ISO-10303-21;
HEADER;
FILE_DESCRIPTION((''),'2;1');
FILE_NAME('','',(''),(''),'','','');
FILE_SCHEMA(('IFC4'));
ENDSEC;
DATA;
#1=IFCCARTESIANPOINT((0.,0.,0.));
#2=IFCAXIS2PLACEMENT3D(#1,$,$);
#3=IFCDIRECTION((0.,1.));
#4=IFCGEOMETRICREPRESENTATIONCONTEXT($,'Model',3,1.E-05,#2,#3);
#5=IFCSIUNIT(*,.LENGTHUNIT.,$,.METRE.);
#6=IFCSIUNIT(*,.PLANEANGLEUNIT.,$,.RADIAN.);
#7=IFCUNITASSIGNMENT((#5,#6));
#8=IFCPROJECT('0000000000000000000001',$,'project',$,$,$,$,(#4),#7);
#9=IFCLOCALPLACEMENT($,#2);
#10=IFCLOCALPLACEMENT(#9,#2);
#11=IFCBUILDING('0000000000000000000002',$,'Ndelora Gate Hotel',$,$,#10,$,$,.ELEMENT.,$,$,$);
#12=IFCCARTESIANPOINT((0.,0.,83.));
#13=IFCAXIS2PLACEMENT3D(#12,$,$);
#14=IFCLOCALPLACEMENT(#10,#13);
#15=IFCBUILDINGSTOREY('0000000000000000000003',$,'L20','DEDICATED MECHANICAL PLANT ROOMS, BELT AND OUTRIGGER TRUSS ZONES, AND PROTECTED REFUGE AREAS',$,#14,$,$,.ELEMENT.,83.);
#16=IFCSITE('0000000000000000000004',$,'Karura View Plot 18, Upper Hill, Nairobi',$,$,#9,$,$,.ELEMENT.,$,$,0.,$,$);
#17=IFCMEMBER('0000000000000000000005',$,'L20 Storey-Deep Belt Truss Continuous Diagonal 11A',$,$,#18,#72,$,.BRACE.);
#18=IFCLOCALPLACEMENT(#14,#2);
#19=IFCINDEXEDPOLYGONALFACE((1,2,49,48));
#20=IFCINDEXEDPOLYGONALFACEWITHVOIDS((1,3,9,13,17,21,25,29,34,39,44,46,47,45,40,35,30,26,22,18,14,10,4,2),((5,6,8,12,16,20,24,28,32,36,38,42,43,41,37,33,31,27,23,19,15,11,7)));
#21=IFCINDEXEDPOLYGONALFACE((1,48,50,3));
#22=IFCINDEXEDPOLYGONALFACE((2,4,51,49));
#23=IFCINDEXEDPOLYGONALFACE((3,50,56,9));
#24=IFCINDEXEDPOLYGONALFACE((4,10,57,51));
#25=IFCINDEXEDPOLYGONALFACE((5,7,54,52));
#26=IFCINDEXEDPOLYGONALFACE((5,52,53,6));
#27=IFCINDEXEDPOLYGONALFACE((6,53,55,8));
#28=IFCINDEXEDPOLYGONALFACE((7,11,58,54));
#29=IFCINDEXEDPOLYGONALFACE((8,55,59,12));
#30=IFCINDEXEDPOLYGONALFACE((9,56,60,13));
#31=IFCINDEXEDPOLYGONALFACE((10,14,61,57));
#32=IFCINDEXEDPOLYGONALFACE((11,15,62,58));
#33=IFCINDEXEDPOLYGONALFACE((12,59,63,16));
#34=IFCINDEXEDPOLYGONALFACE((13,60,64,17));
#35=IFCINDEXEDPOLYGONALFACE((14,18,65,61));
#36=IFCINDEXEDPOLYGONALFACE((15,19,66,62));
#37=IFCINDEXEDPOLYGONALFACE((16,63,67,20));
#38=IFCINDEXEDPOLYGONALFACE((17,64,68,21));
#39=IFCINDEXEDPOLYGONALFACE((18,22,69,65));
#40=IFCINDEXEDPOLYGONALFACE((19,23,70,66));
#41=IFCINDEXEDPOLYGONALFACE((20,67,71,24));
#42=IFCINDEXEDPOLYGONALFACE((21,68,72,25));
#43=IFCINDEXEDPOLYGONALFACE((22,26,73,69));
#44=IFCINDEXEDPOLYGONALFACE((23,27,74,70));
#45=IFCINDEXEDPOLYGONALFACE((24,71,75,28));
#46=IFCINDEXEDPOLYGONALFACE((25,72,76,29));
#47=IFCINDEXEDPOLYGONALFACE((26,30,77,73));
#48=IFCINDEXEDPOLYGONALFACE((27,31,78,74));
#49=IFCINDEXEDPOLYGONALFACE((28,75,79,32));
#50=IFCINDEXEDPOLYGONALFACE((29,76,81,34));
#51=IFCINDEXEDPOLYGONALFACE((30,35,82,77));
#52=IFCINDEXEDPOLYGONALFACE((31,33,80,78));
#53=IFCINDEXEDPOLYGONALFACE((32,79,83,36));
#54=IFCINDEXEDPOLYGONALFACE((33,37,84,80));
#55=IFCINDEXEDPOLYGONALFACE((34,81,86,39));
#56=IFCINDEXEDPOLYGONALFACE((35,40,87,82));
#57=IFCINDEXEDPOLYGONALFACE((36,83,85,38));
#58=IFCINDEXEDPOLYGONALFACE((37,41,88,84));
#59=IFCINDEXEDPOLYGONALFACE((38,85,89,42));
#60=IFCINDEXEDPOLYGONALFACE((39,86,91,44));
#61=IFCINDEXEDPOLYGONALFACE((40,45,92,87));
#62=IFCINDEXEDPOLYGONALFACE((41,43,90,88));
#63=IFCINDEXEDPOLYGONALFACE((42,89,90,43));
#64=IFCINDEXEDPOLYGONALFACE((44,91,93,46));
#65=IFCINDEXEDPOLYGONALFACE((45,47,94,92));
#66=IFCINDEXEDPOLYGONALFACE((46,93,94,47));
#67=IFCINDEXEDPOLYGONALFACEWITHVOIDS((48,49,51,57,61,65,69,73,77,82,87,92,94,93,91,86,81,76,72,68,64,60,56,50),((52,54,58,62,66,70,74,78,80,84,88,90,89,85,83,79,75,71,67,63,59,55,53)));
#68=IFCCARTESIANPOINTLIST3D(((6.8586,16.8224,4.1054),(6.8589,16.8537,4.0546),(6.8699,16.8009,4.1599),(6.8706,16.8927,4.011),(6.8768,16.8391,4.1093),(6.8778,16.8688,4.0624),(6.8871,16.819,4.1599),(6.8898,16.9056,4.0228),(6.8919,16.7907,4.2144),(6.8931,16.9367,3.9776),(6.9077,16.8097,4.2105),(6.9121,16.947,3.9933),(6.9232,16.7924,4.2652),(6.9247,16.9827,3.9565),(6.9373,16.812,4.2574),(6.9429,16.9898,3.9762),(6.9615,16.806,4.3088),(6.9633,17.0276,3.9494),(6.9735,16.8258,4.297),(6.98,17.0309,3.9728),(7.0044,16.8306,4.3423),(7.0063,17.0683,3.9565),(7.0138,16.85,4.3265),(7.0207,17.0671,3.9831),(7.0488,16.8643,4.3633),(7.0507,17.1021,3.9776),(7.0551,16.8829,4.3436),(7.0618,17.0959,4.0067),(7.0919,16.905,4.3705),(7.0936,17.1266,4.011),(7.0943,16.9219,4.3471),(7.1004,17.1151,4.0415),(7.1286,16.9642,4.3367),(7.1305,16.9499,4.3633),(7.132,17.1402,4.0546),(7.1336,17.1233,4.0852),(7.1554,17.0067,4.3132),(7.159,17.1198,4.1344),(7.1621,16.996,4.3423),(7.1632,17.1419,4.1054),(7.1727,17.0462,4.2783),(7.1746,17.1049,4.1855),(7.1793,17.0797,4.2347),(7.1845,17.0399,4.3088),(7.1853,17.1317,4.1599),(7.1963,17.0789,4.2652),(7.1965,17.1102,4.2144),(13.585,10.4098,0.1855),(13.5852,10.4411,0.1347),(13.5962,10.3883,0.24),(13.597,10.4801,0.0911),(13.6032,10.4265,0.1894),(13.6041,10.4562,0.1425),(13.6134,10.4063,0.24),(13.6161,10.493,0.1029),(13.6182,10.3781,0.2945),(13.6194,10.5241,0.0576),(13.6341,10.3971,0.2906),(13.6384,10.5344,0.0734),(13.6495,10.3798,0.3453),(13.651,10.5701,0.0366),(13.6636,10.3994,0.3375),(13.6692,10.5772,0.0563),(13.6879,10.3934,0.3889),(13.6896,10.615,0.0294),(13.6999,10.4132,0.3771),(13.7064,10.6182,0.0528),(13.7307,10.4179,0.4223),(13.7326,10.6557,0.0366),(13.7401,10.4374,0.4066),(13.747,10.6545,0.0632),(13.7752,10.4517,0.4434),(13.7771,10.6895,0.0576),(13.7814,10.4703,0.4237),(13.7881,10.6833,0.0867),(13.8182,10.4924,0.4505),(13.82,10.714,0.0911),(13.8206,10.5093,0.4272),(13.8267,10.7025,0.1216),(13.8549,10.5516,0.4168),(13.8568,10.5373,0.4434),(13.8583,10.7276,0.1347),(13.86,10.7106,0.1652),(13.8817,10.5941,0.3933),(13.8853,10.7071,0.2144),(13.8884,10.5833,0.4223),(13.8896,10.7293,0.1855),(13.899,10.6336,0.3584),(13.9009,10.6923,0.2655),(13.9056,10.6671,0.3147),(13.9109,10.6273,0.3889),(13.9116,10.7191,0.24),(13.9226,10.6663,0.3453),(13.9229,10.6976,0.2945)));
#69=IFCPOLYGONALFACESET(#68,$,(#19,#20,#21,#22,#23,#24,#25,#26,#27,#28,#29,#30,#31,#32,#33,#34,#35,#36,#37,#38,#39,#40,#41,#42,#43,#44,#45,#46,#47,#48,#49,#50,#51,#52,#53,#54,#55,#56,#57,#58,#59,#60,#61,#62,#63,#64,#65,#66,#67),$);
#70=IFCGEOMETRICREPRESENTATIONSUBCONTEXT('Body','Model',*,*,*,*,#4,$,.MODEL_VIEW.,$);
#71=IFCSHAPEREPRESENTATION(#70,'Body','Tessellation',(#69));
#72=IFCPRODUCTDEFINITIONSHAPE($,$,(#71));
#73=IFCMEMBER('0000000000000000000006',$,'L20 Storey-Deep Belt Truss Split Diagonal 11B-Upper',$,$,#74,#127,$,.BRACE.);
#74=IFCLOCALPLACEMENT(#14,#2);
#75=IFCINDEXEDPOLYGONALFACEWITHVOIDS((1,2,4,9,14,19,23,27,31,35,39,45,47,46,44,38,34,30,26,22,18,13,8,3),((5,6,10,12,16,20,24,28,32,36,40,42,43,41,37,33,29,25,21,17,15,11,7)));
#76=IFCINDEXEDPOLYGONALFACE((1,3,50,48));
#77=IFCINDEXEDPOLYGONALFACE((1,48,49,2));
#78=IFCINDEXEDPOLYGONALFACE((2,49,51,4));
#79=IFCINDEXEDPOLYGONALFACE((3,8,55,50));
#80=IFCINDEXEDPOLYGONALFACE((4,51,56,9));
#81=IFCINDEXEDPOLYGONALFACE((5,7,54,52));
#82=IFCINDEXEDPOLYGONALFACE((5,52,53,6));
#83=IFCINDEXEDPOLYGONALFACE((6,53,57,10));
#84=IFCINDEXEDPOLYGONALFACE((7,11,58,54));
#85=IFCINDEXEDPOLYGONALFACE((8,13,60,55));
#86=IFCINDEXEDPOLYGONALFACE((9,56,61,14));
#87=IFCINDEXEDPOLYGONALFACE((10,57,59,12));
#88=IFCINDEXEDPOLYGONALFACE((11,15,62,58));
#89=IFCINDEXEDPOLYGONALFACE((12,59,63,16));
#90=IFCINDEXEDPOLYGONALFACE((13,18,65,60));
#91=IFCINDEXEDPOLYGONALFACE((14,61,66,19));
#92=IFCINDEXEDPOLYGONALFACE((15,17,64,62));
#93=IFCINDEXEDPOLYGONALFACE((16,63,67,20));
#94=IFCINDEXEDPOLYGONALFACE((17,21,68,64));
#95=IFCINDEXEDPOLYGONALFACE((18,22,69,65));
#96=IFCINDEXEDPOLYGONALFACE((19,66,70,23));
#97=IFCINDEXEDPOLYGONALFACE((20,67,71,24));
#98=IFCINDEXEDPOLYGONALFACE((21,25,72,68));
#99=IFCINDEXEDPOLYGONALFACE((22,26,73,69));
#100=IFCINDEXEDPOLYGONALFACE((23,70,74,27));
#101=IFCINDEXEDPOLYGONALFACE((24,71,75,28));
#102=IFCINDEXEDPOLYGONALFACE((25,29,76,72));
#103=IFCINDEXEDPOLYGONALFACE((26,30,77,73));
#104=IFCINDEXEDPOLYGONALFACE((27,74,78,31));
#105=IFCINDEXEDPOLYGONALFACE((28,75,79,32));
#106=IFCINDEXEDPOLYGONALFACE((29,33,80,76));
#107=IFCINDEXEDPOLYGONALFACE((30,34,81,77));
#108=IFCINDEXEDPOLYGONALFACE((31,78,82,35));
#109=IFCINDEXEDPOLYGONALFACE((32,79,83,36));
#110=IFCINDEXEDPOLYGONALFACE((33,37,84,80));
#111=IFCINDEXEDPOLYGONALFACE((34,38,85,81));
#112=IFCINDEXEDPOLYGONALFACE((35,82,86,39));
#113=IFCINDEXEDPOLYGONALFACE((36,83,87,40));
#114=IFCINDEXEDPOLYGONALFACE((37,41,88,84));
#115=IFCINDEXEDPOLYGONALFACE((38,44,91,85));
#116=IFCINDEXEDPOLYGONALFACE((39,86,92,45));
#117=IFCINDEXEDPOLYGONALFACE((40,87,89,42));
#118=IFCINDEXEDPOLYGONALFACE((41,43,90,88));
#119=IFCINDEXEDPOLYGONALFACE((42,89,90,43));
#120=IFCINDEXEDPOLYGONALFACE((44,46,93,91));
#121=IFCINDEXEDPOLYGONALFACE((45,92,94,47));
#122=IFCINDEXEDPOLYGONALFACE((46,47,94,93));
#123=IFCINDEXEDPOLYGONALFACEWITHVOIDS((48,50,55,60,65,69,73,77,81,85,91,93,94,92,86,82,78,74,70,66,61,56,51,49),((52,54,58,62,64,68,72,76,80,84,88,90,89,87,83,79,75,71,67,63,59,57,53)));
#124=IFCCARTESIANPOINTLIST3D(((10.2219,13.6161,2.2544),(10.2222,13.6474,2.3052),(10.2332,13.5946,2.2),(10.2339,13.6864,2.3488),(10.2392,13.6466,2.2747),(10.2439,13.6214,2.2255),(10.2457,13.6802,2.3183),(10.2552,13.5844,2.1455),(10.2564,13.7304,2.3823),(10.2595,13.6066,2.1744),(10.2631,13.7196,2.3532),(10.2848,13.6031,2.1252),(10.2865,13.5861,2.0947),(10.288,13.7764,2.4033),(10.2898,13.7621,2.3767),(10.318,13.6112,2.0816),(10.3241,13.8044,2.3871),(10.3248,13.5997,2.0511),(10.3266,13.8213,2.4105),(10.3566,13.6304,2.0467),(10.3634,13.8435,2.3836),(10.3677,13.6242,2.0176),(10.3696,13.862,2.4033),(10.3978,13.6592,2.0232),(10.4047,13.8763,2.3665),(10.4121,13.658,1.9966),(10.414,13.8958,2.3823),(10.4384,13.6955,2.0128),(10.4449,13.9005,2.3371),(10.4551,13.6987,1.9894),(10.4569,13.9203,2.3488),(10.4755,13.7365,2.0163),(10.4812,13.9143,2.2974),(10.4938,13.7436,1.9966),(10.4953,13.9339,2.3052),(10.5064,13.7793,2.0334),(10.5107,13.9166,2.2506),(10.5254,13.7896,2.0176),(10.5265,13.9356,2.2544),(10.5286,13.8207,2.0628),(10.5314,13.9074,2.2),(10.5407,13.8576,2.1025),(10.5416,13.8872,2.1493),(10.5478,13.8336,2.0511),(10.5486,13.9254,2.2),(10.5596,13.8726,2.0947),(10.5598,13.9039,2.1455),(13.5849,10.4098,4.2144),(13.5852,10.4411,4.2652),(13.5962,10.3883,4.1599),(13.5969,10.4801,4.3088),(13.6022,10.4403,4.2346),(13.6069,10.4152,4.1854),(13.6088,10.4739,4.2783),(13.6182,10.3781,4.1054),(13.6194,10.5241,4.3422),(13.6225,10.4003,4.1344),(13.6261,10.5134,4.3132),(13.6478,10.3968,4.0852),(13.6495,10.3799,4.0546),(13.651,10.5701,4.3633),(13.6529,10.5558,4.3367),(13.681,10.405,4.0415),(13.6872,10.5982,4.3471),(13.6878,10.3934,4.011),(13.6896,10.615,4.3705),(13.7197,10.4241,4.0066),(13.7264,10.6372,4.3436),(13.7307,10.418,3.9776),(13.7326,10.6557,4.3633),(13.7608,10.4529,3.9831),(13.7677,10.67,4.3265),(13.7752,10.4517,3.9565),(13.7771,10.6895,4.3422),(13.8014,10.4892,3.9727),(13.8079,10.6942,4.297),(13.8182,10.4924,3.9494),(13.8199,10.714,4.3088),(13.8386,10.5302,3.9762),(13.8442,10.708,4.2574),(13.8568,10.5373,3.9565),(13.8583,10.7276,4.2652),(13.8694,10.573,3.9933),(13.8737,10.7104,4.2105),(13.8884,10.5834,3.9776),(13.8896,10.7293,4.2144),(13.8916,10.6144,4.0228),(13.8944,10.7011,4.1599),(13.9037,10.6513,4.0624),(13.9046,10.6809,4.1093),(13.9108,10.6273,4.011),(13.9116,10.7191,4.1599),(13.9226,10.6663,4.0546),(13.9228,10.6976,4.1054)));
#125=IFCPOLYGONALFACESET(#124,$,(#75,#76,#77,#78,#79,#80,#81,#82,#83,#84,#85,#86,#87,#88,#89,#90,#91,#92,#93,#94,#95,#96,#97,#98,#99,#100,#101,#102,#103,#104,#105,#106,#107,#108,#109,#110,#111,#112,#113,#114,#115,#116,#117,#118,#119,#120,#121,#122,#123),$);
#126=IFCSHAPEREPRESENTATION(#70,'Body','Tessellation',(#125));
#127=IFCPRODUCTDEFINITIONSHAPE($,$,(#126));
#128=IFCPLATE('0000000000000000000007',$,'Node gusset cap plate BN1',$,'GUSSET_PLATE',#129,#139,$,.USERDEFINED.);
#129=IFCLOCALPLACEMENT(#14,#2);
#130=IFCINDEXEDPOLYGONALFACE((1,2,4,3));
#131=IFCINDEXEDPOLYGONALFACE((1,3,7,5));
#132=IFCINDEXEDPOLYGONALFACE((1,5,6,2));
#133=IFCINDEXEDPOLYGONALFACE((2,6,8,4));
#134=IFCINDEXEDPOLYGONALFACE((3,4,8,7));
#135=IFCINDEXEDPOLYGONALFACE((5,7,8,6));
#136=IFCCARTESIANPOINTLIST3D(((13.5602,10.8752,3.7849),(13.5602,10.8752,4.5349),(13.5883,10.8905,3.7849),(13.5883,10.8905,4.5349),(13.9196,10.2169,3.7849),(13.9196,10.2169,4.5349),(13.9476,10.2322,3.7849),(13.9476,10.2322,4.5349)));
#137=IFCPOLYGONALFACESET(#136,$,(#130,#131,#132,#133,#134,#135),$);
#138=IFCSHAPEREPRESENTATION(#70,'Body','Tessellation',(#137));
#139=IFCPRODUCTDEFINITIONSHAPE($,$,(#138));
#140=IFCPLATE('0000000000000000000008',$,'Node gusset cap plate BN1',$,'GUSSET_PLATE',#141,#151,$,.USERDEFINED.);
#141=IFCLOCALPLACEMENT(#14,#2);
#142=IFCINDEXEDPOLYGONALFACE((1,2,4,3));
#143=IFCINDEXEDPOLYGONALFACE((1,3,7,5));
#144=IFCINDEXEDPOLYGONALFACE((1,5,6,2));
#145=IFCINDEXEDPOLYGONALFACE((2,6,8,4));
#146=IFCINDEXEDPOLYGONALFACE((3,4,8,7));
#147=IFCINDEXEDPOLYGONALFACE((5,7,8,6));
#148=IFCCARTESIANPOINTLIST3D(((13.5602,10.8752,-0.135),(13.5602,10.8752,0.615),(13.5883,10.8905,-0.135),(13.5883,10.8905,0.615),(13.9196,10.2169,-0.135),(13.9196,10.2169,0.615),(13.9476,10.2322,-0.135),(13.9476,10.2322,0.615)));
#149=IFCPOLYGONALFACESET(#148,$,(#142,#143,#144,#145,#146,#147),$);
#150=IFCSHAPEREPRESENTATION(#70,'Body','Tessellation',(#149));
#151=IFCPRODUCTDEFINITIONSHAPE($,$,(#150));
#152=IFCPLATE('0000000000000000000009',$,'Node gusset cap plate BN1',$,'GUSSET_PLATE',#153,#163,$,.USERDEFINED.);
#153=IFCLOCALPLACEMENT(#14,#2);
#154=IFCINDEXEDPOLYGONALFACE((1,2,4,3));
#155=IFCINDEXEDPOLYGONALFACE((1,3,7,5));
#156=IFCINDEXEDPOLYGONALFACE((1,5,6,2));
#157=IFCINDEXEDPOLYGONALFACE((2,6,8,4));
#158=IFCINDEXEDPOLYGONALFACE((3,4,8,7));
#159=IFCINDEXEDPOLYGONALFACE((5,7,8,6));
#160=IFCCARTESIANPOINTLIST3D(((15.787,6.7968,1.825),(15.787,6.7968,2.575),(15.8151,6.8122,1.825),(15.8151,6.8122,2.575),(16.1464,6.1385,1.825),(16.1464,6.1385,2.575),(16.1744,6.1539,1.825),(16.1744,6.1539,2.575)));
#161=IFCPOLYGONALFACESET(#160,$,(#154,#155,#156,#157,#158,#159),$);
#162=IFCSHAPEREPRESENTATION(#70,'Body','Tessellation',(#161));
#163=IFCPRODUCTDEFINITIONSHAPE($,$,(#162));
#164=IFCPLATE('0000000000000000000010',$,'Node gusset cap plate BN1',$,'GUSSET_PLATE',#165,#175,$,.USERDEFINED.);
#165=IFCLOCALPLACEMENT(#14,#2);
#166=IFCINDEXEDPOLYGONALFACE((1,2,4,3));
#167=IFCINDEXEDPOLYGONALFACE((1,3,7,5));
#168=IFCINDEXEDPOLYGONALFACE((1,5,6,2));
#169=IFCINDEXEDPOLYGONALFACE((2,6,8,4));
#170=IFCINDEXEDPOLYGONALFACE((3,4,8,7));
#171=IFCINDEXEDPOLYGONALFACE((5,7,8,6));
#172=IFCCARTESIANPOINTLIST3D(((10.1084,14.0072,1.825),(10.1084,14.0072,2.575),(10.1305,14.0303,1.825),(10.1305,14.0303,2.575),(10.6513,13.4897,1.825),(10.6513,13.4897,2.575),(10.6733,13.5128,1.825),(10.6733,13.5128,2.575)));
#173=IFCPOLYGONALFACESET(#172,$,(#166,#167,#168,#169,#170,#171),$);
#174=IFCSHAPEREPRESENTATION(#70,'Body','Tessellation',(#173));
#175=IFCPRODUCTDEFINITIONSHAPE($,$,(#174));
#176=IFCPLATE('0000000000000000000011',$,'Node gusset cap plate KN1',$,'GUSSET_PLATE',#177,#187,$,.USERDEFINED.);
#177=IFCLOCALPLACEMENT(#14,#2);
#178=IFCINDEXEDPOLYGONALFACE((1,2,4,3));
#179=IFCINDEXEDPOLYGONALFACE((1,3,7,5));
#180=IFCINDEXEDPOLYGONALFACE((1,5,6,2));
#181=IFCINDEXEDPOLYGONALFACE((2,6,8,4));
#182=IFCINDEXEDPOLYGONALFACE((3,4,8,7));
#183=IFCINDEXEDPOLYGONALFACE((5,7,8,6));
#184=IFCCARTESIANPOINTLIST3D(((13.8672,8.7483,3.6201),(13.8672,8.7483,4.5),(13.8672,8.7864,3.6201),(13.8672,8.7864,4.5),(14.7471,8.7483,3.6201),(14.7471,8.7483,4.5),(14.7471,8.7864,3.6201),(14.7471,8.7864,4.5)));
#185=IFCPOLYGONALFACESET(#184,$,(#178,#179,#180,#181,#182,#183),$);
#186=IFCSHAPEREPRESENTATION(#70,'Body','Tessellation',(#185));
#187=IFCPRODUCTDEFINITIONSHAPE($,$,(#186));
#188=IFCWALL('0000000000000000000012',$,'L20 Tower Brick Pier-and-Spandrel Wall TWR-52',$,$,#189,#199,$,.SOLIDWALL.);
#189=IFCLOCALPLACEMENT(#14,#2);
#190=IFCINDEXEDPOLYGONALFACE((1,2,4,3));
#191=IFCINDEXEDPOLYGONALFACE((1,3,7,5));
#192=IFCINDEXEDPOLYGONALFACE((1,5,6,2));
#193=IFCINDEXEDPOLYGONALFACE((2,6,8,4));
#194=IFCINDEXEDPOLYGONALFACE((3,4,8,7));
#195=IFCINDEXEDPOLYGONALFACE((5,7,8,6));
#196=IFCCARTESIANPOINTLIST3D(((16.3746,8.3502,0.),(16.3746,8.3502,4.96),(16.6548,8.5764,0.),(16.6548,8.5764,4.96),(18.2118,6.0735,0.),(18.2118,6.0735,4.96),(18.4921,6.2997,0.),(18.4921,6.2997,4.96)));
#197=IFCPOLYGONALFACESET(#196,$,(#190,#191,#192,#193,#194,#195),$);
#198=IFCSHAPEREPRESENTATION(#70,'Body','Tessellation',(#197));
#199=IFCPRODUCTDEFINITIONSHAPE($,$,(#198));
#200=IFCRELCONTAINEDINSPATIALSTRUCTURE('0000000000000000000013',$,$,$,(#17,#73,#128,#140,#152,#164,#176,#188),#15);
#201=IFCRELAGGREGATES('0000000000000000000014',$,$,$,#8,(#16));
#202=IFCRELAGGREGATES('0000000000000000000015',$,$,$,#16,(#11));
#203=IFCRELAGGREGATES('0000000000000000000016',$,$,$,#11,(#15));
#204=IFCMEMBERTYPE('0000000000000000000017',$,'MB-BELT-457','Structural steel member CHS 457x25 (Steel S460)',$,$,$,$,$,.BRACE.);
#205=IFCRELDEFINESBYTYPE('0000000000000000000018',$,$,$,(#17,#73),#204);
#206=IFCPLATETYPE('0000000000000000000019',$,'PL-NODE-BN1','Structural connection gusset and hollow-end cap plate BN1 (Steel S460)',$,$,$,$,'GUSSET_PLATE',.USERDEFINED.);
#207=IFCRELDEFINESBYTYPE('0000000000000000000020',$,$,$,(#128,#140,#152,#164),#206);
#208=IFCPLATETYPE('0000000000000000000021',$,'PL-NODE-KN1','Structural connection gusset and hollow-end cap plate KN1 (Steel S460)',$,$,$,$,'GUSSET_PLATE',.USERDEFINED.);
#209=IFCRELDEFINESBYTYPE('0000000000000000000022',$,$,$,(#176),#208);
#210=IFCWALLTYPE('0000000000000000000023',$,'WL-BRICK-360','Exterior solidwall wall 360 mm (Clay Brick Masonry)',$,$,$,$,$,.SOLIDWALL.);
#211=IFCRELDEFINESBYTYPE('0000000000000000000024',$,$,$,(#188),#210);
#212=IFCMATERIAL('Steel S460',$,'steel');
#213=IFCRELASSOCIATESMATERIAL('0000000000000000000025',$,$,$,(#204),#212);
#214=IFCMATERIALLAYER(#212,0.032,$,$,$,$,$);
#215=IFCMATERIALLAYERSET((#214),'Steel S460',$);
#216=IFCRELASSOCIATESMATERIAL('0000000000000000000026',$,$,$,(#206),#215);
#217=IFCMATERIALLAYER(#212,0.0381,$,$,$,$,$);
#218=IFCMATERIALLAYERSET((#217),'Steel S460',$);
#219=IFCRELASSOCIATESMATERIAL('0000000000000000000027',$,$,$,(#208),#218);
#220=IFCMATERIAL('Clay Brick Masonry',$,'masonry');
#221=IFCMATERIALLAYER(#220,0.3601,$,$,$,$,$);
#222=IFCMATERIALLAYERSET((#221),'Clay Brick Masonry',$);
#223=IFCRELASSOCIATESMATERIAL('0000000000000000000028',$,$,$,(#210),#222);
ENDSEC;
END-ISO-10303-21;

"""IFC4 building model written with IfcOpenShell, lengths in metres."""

from ifc_helpers import new_model, si_unit, direction, frame, frame_2d, origin, origin_2d, place, context, subcontext, project, spatial, rectangle, hollow_circle, extrude, material, layer, layer_set, material_profile, profile_set, type_object, element, save


model = new_model("IFC4")

# Units and contexts
model_context = context("Model", 3, precision=1e-05, world=origin(), true_north=direction((0.0, 1.0)))
body_context = subcontext(model_context, "Body", "Model", "MODEL_VIEW")
ifc_project = project(units=[si_unit("LENGTHUNIT", "METRE"), si_unit("PLANEANGLEUNIT", "RADIAN")], contexts=[model_context])

# Site, building, storey
site_placement = place(None, origin())
site = spatial("IfcSite", under=ifc_project, at=site_placement, Name="Karura View Plot 18, Upper Hill, Nairobi", CompositionType="ELEMENT", RefElevation=0.0)
building_placement = place(site_placement, origin())
building = spatial("IfcBuilding", under=site, at=building_placement, Name="Ndelora Gate Hotel", CompositionType="ELEMENT")
storey_placement = place(building_placement, frame((0.0, 0.0, 83.0)))
storey = spatial("IfcBuildingStorey", under=building, at=storey_placement, Name="L20", Description="DEDICATED MECHANICAL PLANT ROOMS, BELT AND OUTRIGGER TRUSS ZONES, AND PROTECTED REFUGE AREAS", CompositionType="ELEMENT", Elevation=83.0)

# Shared definitions
ifc_material_1 = material(Name="Steel S460", Category="steel")

# Members
ifc_material_profile_1 = material_profile(ifc_material_1, hollow_circle(Radius=0.2285, WallThickness=0.0249, at=origin_2d()), Name="CHS 457x25")
ifc_profile_set_1 = profile_set([ifc_material_profile_1], Name="Steel S460")
member_type = type_object("IfcMemberType", Name="MB-BELT-457", Description="Structural steel member CHS 457x25 (Steel S460)", PredefinedType="BRACE", material=ifc_profile_set_1)
member_1_placement = place(storey_placement, frame((13.7539, 10.5537, 0.24), z_axis=(-0.666886, 0.635782, 0.388644), x_axis=(-0.690026, -0.723784, 0.0)))
element("IfcMember", 1, at=member_1_placement, inside=storey, type_object=member_type, Name="L20 Storey-Deep Belt Truss Continuous Diagonal 11A", PredefinedType="BRACE", context=body_context, shape_type="SweptSolid", body=[
    extrude(hollow_circle(Radius=0.2285, WallThickness=0.0249, at=origin_2d()), origin(), (0.0, 0.0, 1.0), 10.0862),
])
member_2_placement = place(storey_placement, frame((10.3909, 13.76, 2.2), z_axis=(0.666873, -0.635792, 0.38865), x_axis=(0.690039, 0.723772, 0.0)))
element("IfcMember", 2, at=member_2_placement, inside=storey, type_object=member_type, Name="L20 Storey-Deep Belt Truss Split Diagonal 11B-Upper", PredefinedType="BRACE", context=body_context, shape_type="SweptSolid", body=[
    extrude(hollow_circle(Radius=0.2285, WallThickness=0.0249, at=origin_2d()), origin(), (0.0, 0.0, 1.0), 5.043),
])

# Plates
ifc_layer_1 = layer(ifc_material_1, 0.032)
ifc_layer_set_1 = layer_set([ifc_layer_1], Name="Steel S460")
plate_type_1 = type_object("IfcPlateType", Name="PL-NODE-BN1", Description="Structural connection gusset and hollow-end cap plate BN1 (Steel S460)", ElementType="GUSSET_PLATE", PredefinedType="USERDEFINED", material=ifc_layer_set_1)
for number, where, z_axis, x_axis, name in (
    (3, (13.7539, 10.5537, 3.7849), (0.0, 0.0, 1.0), (-0.479152, 0.877732, 0.0), "Node gusset cap plate BN1"),
    (4, (13.7539, 10.5537, -0.135), (0.0, 0.0, 1.0), (-0.479152, 0.877732, 0.0), "Node gusset cap plate BN1"),
    (5, (15.9807, 6.4753, 1.825), (0.0, 0.0, 1.0), (-0.479152, 0.877732, 0.0), "Node gusset cap plate BN1"),
    (6, (10.3909, 13.76, 1.825), (0.0, 0.0, 1.0), (-0.723811, 0.689999, 0.0), "Node gusset cap plate BN1"),
):
    element("IfcPlate", number, at=place(storey_placement, frame(where, z_axis=z_axis, x_axis=x_axis)), inside=storey, type_object=plate_type_1, Name=name, ObjectType="GUSSET_PLATE", PredefinedType="USERDEFINED", context=body_context, shape_type="SweptSolid", body=[
        extrude(rectangle(XDim=0.75, YDim=0.032, at=origin_2d()), origin(), (0.0, 0.0, 1.0), 0.75),
    ])
ifc_layer_2 = layer(ifc_material_1, 0.0381)
ifc_layer_set_2 = layer_set([ifc_layer_2], Name="Steel S460")
plate_type_2 = type_object("IfcPlateType", Name="PL-NODE-KN1", Description="Structural connection gusset and hollow-end cap plate KN1 (Steel S460)", ElementType="GUSSET_PLATE", PredefinedType="USERDEFINED", material=ifc_layer_set_2)
plate_placement = place(storey_placement, frame((14.3071, 8.7673, 3.6201), z_axis=(0.0, 0.0, 1.0), x_axis=(1.0, 0.0, 0.0)))
element("IfcPlate", 7, at=plate_placement, inside=storey, type_object=plate_type_2, Name="Node gusset cap plate KN1", ObjectType="GUSSET_PLATE", PredefinedType="USERDEFINED", context=body_context, shape_type="SweptSolid", body=[
    extrude(rectangle(XDim=0.8799, YDim=0.0381, at=origin_2d()), origin(), (0.0, 0.0, 1.0), 0.8799),
])

# Wall
ifc_material_2 = material(Name="Clay Brick Masonry", Category="masonry")
ifc_layer_3 = layer(ifc_material_2, 0.3601)
ifc_layer_set_3 = layer_set([ifc_layer_3], Name="Clay Brick Masonry")
wall_type_1 = type_object("IfcWallType", Name="WL-BRICK-360", Description="Exterior solidwall wall 360 mm (Clay Brick Masonry)", PredefinedType="SOLIDWALL", material=ifc_layer_set_3)
wall_1_placement = place(storey_placement, frame((16.5146, 8.4634, 0.0), z_axis=(0.0, 0.0, 1.0), x_axis=(0.627997, -0.778216, 0.0)))
element("IfcWall", 8, at=wall_1_placement, inside=storey, type_object=wall_type_1, Name="L20 Tower Brick Pier-and-Spandrel Wall TWR-52", PredefinedType="SOLIDWALL", context=body_context, shape_type="SweptSolid", body=[
    extrude(rectangle(XDim=2.9255, YDim=0.3601, at=frame_2d((1.4629, 0.0))), origin(), (0.0, 0.0, 1.0), 4.96),
])

save(model, "model.ifc")
